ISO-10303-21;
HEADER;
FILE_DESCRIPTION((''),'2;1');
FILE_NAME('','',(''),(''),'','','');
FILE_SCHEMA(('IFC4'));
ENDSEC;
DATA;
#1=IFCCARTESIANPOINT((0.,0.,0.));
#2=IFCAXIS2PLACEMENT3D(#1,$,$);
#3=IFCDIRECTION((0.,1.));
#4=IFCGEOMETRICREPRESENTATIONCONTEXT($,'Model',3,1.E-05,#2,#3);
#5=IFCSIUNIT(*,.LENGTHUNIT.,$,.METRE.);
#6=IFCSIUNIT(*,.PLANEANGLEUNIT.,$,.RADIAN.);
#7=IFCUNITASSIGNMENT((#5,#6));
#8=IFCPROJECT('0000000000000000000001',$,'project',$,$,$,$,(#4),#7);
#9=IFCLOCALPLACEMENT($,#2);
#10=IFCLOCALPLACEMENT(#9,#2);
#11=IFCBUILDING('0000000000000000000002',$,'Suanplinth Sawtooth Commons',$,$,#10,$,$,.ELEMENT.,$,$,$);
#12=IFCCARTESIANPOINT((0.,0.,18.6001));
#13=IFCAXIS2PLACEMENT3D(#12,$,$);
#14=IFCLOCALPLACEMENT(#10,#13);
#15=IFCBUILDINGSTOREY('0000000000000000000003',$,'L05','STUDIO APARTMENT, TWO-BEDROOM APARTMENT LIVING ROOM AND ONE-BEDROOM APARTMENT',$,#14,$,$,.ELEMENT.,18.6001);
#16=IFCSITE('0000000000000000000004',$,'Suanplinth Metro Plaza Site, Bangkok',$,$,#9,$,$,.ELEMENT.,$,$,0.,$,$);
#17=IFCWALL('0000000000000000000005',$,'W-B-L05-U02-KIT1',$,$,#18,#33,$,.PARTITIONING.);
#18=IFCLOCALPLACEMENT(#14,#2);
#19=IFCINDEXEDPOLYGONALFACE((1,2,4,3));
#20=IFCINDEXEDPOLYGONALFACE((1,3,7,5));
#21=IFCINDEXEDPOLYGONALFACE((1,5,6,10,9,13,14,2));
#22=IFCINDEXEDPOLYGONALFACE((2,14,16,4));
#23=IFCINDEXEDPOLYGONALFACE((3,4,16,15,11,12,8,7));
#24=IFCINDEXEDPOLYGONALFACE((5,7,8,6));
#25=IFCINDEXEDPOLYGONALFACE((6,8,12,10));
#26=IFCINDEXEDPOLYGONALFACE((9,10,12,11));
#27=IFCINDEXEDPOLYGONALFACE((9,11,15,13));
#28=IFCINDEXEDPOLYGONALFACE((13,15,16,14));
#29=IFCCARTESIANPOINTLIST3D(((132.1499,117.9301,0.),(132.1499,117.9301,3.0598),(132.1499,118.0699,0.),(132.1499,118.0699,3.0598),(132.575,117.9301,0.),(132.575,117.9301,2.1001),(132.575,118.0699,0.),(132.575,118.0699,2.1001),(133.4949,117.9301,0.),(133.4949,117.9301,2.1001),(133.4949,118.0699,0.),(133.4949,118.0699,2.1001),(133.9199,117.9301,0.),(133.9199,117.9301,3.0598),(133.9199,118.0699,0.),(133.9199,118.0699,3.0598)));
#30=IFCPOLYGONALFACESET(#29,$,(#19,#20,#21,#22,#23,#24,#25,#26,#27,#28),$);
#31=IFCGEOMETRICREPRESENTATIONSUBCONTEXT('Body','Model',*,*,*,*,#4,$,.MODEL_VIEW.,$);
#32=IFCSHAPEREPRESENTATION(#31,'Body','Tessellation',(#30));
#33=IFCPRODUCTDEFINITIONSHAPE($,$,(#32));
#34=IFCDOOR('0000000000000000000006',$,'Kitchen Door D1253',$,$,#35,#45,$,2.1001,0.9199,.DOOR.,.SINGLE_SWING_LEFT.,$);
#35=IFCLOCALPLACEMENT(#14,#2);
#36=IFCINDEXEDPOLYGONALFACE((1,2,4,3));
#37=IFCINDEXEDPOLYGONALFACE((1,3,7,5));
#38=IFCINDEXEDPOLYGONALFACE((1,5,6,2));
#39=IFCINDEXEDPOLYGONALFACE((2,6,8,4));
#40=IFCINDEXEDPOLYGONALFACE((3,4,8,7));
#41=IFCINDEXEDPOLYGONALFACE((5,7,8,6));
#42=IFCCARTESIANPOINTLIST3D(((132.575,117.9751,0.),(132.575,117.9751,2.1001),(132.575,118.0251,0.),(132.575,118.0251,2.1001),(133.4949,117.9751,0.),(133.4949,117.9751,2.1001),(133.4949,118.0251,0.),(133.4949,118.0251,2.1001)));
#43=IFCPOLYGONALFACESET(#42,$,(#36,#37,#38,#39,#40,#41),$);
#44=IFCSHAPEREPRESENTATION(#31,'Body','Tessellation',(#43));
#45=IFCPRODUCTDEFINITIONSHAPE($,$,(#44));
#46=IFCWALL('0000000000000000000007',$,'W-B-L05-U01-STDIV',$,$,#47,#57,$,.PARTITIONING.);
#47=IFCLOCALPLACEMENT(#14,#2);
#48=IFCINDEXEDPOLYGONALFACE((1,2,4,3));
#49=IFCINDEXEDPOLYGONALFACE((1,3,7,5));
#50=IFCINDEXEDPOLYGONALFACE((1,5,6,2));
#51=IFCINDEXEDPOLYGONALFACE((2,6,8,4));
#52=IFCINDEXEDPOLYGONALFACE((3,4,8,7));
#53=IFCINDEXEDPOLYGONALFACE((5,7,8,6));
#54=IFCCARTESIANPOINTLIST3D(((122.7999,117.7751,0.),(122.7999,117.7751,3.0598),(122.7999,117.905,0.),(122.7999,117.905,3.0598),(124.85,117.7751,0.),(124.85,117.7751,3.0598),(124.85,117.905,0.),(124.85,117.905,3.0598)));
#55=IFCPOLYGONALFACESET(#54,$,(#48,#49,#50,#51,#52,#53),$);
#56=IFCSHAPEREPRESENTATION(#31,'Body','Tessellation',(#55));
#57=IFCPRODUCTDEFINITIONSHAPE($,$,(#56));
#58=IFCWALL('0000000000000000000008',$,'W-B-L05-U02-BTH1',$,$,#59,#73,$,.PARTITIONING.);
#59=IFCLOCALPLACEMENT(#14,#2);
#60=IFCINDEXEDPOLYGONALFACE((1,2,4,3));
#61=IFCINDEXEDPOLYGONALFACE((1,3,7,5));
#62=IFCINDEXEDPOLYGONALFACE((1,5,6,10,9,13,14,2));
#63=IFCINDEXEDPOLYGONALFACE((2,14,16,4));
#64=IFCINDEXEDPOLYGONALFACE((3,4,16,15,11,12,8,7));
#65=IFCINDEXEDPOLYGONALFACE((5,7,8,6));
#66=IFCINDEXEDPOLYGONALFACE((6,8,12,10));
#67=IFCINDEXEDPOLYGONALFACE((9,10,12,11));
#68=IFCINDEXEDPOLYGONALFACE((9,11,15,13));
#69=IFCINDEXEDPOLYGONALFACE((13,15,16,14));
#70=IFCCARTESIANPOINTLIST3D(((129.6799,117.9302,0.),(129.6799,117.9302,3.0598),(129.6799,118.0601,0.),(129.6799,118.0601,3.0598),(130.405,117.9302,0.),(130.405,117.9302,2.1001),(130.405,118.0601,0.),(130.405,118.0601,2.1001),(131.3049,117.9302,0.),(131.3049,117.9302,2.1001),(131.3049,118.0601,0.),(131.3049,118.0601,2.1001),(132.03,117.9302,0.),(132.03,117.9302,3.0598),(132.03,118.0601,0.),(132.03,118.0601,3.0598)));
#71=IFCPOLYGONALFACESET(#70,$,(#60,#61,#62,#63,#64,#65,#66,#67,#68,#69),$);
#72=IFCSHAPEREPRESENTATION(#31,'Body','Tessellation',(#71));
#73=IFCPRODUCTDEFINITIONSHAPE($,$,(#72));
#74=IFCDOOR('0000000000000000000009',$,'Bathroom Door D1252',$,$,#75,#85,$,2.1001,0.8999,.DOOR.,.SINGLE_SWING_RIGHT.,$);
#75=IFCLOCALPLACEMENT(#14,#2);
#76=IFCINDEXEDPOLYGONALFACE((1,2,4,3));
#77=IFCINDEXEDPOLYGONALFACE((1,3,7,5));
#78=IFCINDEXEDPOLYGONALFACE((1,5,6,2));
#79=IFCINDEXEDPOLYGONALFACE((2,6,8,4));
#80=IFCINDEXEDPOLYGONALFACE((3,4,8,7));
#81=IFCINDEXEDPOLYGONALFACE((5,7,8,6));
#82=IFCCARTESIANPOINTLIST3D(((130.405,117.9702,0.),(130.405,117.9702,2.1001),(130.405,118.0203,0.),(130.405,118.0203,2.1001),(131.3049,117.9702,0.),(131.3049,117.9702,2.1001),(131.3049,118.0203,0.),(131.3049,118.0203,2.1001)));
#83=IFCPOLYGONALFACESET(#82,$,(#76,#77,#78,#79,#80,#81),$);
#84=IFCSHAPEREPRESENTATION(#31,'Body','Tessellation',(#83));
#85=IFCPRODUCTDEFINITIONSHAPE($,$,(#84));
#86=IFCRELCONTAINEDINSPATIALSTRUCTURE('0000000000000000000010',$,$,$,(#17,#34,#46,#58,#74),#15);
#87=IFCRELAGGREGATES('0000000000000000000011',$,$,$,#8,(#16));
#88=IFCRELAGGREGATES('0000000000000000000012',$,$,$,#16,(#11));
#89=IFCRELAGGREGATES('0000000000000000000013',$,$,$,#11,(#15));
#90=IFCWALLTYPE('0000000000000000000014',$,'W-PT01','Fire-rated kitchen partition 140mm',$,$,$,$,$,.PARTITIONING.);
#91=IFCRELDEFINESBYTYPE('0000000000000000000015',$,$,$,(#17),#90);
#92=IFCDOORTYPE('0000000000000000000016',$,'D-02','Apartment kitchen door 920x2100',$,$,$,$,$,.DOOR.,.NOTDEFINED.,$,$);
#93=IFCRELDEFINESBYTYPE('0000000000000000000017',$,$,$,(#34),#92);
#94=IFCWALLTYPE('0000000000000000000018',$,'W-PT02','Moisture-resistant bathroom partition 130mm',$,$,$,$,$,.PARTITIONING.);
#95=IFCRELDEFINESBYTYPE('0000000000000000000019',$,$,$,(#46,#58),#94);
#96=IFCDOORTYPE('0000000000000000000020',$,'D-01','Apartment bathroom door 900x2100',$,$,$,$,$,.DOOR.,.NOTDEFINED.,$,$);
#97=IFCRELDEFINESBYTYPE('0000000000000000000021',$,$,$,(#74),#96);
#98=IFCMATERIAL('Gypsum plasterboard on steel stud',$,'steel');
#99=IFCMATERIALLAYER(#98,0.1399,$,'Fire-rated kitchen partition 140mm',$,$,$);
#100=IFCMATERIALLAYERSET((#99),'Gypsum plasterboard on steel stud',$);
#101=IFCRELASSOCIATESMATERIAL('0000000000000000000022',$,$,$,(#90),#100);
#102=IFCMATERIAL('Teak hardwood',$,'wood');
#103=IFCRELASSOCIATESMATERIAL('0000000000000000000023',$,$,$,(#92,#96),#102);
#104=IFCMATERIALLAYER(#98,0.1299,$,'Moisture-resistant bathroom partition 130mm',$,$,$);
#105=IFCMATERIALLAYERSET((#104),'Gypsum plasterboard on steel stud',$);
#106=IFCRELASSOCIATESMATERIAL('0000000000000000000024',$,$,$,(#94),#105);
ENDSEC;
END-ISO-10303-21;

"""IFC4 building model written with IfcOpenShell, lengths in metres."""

from ifc_helpers import new_model, si_unit, direction, frame, frame_2d, origin, place, context, subcontext, project, spatial, rectangle, extrude, material, layer, layer_set, type_object, element, fill, save


model = new_model("IFC4")

# Units and contexts
model_context = context("Model", 3, precision=1e-05, world=origin(), true_north=direction((0.0, 1.0)))
body_context = subcontext(model_context, "Body", "Model", "MODEL_VIEW")
ifc_project = project(units=[si_unit("LENGTHUNIT", "METRE"), si_unit("PLANEANGLEUNIT", "RADIAN")], contexts=[model_context])

# Site, building, storey
site_placement = place(None, origin())
site = spatial("IfcSite", under=ifc_project, at=site_placement, Name="Suanplinth Metro Plaza Site, Bangkok", CompositionType="ELEMENT", RefElevation=0.0)
building_placement = place(site_placement, origin())
building = spatial("IfcBuilding", under=site, at=building_placement, Name="Suanplinth Sawtooth Commons", CompositionType="ELEMENT")
storey_placement = place(building_placement, frame((0.0, 0.0, 18.6001)))
storey = spatial("IfcBuildingStorey", under=building, at=storey_placement, Name="L05", Description="STUDIO APARTMENT, TWO-BEDROOM APARTMENT LIVING ROOM AND ONE-BEDROOM APARTMENT", CompositionType="ELEMENT", Elevation=18.6001)

# Wall, opening, door
ifc_material_1 = material(Name="Gypsum plasterboard on steel stud", Category="steel")
ifc_layer_1 = layer(ifc_material_1, 0.1399, Name="Fire-rated kitchen partition 140mm")
ifc_layer_set_1 = layer_set([ifc_layer_1], Name="Gypsum plasterboard on steel stud")
wall_type_1 = type_object("IfcWallType", Name="W-PT01", Description="Fire-rated kitchen partition 140mm", PredefinedType="PARTITIONING", material=ifc_layer_set_1)
ifc_material_2 = material(Name="Teak hardwood", Category="wood")
door_type_1 = type_object("IfcDoorType", Name="D-02", Description="Apartment kitchen door 920x2100", OperationType="NOTDEFINED", PredefinedType="DOOR", material=ifc_material_2)
wall_1_placement = place(storey_placement, frame((132.1499, 118.0, 0.0), z_axis=(0.0, 0.0, 1.0), x_axis=(1.0, 0.0, 0.0)))
wall_1 = element("IfcWall", 1, at=wall_1_placement, inside=storey, type_object=wall_type_1, Name="W-B-L05-U02-KIT1", PredefinedType="PARTITIONING", context=body_context, shape_type="SweptSolid", body=[
    extrude(rectangle(XDim=1.77, YDim=0.1399, at=frame_2d((0.885, 0.0))), origin(), (0.0, 0.0, 1.0), 3.0598),
])
opening_1_placement = place(wall_1_placement, frame((0.425, 0.0, 0.0)))
opening_1 = element("IfcOpeningElement", 2, at=opening_1_placement, cuts=wall_1, PredefinedType="OPENING", context=body_context, shape_type="SweptSolid", body=[
    extrude(rectangle(XDim=0.9199, YDim=2.1001, at=frame_2d((0.46, 1.05))), frame((0.0, 0.085, 0.0), z_axis=(0.0, -1.0, 0.0), x_axis=(1.0, 0.0, 0.0)), (0.0, 0.0, 1.0), 0.1697),
])
door_1_placement = place(opening_1_placement, frame((0.9199, 0.0, 0.0), z_axis=(0.0, 0.0, 1.0), x_axis=(-1.0, 0.0, 0.0)))
door_1 = element("IfcDoor", 3, at=door_1_placement, inside=storey, type_object=door_type_1, Name="Kitchen Door D1253", OperationType="SINGLE_SWING_LEFT", OverallHeight=2.1001, OverallWidth=0.9199, PredefinedType="DOOR", context=body_context, shape_type="SweptSolid", body=[
    extrude(rectangle(XDim=0.9199, YDim=2.1001, at=frame_2d((0.46, 1.05))), frame((0.0, 0.0249, 0.0), z_axis=(0.0, -1.0, 0.0), x_axis=(1.0, 0.0, 0.0)), (0.0, 0.0, 1.0), 0.05),
])
fill(opening_1, door_1)

# Wall
ifc_layer_2 = layer(ifc_material_1, 0.1299, Name="Moisture-resistant bathroom partition 130mm")
ifc_layer_set_2 = layer_set([ifc_layer_2], Name="Gypsum plasterboard on steel stud")
wall_type_2 = type_object("IfcWallType", Name="W-PT02", Description="Moisture-resistant bathroom partition 130mm", PredefinedType="PARTITIONING", material=ifc_layer_set_2)
wall_2_placement = place(storey_placement, frame((122.8, 117.8401, 0.0), z_axis=(0.0, 0.0, 1.0), x_axis=(1.0, 0.0, 0.0)))
element("IfcWall", 4, at=wall_2_placement, inside=storey, type_object=wall_type_2, Name="W-B-L05-U01-STDIV", PredefinedType="PARTITIONING", context=body_context, shape_type="SweptSolid", body=[
    extrude(rectangle(XDim=2.05, YDim=0.1299, at=frame_2d((1.0249, 0.0))), origin(), (0.0, 0.0, 1.0), 3.0598),
])

# Wall, opening, door
wall_3_placement = place(storey_placement, frame((129.6799, 117.9951, 0.0), z_axis=(0.0, 0.0, 1.0), x_axis=(1.0, 0.0, 0.0)))
wall_3 = element("IfcWall", 5, at=wall_3_placement, inside=storey, type_object=wall_type_2, Name="W-B-L05-U02-BTH1", PredefinedType="PARTITIONING", context=body_context, shape_type="SweptSolid", body=[
    extrude(rectangle(XDim=2.3501, YDim=0.1299, at=frame_2d((1.175, 0.0))), origin(), (0.0, 0.0, 1.0), 3.0598),
])
opening_2_placement = place(wall_3_placement, frame((0.7251, 0.0, 0.0)))
opening_2 = element("IfcOpeningElement", 6, at=opening_2_placement, cuts=wall_3, PredefinedType="OPENING", context=body_context, shape_type="SweptSolid", body=[
    extrude(rectangle(XDim=0.8999, YDim=2.1001, at=frame_2d((0.45, 1.05))), frame((0.0, 0.0798, 0.0), z_axis=(0.0, -1.0, 0.0), x_axis=(1.0, 0.0, 0.0)), (0.0, 0.0, 1.0), 0.1597),
])
door_type_2 = type_object("IfcDoorType", Name="D-01", Description="Apartment bathroom door 900x2100", OperationType="NOTDEFINED", PredefinedType="DOOR", material=ifc_material_2)
door_2_placement = place(opening_2_placement, frame((0.8999, 0.0, 0.0), z_axis=(0.0, 0.0, 1.0), x_axis=(-1.0, 0.0, 0.0)))
door_2 = element("IfcDoor", 7, at=door_2_placement, inside=storey, type_object=door_type_2, Name="Bathroom Door D1252", OperationType="SINGLE_SWING_RIGHT", OverallHeight=2.1001, OverallWidth=0.8999, PredefinedType="DOOR", context=body_context, shape_type="SweptSolid", body=[
    extrude(rectangle(XDim=0.8999, YDim=2.1001, at=frame_2d((0.45, 1.05))), frame((0.0, 0.0249, 0.0), z_axis=(0.0, -1.0, 0.0), x_axis=(1.0, 0.0, 0.0)), (0.0, 0.0, 1.0), 0.05),
])
fill(opening_2, door_2)

save(model, "model.ifc")
